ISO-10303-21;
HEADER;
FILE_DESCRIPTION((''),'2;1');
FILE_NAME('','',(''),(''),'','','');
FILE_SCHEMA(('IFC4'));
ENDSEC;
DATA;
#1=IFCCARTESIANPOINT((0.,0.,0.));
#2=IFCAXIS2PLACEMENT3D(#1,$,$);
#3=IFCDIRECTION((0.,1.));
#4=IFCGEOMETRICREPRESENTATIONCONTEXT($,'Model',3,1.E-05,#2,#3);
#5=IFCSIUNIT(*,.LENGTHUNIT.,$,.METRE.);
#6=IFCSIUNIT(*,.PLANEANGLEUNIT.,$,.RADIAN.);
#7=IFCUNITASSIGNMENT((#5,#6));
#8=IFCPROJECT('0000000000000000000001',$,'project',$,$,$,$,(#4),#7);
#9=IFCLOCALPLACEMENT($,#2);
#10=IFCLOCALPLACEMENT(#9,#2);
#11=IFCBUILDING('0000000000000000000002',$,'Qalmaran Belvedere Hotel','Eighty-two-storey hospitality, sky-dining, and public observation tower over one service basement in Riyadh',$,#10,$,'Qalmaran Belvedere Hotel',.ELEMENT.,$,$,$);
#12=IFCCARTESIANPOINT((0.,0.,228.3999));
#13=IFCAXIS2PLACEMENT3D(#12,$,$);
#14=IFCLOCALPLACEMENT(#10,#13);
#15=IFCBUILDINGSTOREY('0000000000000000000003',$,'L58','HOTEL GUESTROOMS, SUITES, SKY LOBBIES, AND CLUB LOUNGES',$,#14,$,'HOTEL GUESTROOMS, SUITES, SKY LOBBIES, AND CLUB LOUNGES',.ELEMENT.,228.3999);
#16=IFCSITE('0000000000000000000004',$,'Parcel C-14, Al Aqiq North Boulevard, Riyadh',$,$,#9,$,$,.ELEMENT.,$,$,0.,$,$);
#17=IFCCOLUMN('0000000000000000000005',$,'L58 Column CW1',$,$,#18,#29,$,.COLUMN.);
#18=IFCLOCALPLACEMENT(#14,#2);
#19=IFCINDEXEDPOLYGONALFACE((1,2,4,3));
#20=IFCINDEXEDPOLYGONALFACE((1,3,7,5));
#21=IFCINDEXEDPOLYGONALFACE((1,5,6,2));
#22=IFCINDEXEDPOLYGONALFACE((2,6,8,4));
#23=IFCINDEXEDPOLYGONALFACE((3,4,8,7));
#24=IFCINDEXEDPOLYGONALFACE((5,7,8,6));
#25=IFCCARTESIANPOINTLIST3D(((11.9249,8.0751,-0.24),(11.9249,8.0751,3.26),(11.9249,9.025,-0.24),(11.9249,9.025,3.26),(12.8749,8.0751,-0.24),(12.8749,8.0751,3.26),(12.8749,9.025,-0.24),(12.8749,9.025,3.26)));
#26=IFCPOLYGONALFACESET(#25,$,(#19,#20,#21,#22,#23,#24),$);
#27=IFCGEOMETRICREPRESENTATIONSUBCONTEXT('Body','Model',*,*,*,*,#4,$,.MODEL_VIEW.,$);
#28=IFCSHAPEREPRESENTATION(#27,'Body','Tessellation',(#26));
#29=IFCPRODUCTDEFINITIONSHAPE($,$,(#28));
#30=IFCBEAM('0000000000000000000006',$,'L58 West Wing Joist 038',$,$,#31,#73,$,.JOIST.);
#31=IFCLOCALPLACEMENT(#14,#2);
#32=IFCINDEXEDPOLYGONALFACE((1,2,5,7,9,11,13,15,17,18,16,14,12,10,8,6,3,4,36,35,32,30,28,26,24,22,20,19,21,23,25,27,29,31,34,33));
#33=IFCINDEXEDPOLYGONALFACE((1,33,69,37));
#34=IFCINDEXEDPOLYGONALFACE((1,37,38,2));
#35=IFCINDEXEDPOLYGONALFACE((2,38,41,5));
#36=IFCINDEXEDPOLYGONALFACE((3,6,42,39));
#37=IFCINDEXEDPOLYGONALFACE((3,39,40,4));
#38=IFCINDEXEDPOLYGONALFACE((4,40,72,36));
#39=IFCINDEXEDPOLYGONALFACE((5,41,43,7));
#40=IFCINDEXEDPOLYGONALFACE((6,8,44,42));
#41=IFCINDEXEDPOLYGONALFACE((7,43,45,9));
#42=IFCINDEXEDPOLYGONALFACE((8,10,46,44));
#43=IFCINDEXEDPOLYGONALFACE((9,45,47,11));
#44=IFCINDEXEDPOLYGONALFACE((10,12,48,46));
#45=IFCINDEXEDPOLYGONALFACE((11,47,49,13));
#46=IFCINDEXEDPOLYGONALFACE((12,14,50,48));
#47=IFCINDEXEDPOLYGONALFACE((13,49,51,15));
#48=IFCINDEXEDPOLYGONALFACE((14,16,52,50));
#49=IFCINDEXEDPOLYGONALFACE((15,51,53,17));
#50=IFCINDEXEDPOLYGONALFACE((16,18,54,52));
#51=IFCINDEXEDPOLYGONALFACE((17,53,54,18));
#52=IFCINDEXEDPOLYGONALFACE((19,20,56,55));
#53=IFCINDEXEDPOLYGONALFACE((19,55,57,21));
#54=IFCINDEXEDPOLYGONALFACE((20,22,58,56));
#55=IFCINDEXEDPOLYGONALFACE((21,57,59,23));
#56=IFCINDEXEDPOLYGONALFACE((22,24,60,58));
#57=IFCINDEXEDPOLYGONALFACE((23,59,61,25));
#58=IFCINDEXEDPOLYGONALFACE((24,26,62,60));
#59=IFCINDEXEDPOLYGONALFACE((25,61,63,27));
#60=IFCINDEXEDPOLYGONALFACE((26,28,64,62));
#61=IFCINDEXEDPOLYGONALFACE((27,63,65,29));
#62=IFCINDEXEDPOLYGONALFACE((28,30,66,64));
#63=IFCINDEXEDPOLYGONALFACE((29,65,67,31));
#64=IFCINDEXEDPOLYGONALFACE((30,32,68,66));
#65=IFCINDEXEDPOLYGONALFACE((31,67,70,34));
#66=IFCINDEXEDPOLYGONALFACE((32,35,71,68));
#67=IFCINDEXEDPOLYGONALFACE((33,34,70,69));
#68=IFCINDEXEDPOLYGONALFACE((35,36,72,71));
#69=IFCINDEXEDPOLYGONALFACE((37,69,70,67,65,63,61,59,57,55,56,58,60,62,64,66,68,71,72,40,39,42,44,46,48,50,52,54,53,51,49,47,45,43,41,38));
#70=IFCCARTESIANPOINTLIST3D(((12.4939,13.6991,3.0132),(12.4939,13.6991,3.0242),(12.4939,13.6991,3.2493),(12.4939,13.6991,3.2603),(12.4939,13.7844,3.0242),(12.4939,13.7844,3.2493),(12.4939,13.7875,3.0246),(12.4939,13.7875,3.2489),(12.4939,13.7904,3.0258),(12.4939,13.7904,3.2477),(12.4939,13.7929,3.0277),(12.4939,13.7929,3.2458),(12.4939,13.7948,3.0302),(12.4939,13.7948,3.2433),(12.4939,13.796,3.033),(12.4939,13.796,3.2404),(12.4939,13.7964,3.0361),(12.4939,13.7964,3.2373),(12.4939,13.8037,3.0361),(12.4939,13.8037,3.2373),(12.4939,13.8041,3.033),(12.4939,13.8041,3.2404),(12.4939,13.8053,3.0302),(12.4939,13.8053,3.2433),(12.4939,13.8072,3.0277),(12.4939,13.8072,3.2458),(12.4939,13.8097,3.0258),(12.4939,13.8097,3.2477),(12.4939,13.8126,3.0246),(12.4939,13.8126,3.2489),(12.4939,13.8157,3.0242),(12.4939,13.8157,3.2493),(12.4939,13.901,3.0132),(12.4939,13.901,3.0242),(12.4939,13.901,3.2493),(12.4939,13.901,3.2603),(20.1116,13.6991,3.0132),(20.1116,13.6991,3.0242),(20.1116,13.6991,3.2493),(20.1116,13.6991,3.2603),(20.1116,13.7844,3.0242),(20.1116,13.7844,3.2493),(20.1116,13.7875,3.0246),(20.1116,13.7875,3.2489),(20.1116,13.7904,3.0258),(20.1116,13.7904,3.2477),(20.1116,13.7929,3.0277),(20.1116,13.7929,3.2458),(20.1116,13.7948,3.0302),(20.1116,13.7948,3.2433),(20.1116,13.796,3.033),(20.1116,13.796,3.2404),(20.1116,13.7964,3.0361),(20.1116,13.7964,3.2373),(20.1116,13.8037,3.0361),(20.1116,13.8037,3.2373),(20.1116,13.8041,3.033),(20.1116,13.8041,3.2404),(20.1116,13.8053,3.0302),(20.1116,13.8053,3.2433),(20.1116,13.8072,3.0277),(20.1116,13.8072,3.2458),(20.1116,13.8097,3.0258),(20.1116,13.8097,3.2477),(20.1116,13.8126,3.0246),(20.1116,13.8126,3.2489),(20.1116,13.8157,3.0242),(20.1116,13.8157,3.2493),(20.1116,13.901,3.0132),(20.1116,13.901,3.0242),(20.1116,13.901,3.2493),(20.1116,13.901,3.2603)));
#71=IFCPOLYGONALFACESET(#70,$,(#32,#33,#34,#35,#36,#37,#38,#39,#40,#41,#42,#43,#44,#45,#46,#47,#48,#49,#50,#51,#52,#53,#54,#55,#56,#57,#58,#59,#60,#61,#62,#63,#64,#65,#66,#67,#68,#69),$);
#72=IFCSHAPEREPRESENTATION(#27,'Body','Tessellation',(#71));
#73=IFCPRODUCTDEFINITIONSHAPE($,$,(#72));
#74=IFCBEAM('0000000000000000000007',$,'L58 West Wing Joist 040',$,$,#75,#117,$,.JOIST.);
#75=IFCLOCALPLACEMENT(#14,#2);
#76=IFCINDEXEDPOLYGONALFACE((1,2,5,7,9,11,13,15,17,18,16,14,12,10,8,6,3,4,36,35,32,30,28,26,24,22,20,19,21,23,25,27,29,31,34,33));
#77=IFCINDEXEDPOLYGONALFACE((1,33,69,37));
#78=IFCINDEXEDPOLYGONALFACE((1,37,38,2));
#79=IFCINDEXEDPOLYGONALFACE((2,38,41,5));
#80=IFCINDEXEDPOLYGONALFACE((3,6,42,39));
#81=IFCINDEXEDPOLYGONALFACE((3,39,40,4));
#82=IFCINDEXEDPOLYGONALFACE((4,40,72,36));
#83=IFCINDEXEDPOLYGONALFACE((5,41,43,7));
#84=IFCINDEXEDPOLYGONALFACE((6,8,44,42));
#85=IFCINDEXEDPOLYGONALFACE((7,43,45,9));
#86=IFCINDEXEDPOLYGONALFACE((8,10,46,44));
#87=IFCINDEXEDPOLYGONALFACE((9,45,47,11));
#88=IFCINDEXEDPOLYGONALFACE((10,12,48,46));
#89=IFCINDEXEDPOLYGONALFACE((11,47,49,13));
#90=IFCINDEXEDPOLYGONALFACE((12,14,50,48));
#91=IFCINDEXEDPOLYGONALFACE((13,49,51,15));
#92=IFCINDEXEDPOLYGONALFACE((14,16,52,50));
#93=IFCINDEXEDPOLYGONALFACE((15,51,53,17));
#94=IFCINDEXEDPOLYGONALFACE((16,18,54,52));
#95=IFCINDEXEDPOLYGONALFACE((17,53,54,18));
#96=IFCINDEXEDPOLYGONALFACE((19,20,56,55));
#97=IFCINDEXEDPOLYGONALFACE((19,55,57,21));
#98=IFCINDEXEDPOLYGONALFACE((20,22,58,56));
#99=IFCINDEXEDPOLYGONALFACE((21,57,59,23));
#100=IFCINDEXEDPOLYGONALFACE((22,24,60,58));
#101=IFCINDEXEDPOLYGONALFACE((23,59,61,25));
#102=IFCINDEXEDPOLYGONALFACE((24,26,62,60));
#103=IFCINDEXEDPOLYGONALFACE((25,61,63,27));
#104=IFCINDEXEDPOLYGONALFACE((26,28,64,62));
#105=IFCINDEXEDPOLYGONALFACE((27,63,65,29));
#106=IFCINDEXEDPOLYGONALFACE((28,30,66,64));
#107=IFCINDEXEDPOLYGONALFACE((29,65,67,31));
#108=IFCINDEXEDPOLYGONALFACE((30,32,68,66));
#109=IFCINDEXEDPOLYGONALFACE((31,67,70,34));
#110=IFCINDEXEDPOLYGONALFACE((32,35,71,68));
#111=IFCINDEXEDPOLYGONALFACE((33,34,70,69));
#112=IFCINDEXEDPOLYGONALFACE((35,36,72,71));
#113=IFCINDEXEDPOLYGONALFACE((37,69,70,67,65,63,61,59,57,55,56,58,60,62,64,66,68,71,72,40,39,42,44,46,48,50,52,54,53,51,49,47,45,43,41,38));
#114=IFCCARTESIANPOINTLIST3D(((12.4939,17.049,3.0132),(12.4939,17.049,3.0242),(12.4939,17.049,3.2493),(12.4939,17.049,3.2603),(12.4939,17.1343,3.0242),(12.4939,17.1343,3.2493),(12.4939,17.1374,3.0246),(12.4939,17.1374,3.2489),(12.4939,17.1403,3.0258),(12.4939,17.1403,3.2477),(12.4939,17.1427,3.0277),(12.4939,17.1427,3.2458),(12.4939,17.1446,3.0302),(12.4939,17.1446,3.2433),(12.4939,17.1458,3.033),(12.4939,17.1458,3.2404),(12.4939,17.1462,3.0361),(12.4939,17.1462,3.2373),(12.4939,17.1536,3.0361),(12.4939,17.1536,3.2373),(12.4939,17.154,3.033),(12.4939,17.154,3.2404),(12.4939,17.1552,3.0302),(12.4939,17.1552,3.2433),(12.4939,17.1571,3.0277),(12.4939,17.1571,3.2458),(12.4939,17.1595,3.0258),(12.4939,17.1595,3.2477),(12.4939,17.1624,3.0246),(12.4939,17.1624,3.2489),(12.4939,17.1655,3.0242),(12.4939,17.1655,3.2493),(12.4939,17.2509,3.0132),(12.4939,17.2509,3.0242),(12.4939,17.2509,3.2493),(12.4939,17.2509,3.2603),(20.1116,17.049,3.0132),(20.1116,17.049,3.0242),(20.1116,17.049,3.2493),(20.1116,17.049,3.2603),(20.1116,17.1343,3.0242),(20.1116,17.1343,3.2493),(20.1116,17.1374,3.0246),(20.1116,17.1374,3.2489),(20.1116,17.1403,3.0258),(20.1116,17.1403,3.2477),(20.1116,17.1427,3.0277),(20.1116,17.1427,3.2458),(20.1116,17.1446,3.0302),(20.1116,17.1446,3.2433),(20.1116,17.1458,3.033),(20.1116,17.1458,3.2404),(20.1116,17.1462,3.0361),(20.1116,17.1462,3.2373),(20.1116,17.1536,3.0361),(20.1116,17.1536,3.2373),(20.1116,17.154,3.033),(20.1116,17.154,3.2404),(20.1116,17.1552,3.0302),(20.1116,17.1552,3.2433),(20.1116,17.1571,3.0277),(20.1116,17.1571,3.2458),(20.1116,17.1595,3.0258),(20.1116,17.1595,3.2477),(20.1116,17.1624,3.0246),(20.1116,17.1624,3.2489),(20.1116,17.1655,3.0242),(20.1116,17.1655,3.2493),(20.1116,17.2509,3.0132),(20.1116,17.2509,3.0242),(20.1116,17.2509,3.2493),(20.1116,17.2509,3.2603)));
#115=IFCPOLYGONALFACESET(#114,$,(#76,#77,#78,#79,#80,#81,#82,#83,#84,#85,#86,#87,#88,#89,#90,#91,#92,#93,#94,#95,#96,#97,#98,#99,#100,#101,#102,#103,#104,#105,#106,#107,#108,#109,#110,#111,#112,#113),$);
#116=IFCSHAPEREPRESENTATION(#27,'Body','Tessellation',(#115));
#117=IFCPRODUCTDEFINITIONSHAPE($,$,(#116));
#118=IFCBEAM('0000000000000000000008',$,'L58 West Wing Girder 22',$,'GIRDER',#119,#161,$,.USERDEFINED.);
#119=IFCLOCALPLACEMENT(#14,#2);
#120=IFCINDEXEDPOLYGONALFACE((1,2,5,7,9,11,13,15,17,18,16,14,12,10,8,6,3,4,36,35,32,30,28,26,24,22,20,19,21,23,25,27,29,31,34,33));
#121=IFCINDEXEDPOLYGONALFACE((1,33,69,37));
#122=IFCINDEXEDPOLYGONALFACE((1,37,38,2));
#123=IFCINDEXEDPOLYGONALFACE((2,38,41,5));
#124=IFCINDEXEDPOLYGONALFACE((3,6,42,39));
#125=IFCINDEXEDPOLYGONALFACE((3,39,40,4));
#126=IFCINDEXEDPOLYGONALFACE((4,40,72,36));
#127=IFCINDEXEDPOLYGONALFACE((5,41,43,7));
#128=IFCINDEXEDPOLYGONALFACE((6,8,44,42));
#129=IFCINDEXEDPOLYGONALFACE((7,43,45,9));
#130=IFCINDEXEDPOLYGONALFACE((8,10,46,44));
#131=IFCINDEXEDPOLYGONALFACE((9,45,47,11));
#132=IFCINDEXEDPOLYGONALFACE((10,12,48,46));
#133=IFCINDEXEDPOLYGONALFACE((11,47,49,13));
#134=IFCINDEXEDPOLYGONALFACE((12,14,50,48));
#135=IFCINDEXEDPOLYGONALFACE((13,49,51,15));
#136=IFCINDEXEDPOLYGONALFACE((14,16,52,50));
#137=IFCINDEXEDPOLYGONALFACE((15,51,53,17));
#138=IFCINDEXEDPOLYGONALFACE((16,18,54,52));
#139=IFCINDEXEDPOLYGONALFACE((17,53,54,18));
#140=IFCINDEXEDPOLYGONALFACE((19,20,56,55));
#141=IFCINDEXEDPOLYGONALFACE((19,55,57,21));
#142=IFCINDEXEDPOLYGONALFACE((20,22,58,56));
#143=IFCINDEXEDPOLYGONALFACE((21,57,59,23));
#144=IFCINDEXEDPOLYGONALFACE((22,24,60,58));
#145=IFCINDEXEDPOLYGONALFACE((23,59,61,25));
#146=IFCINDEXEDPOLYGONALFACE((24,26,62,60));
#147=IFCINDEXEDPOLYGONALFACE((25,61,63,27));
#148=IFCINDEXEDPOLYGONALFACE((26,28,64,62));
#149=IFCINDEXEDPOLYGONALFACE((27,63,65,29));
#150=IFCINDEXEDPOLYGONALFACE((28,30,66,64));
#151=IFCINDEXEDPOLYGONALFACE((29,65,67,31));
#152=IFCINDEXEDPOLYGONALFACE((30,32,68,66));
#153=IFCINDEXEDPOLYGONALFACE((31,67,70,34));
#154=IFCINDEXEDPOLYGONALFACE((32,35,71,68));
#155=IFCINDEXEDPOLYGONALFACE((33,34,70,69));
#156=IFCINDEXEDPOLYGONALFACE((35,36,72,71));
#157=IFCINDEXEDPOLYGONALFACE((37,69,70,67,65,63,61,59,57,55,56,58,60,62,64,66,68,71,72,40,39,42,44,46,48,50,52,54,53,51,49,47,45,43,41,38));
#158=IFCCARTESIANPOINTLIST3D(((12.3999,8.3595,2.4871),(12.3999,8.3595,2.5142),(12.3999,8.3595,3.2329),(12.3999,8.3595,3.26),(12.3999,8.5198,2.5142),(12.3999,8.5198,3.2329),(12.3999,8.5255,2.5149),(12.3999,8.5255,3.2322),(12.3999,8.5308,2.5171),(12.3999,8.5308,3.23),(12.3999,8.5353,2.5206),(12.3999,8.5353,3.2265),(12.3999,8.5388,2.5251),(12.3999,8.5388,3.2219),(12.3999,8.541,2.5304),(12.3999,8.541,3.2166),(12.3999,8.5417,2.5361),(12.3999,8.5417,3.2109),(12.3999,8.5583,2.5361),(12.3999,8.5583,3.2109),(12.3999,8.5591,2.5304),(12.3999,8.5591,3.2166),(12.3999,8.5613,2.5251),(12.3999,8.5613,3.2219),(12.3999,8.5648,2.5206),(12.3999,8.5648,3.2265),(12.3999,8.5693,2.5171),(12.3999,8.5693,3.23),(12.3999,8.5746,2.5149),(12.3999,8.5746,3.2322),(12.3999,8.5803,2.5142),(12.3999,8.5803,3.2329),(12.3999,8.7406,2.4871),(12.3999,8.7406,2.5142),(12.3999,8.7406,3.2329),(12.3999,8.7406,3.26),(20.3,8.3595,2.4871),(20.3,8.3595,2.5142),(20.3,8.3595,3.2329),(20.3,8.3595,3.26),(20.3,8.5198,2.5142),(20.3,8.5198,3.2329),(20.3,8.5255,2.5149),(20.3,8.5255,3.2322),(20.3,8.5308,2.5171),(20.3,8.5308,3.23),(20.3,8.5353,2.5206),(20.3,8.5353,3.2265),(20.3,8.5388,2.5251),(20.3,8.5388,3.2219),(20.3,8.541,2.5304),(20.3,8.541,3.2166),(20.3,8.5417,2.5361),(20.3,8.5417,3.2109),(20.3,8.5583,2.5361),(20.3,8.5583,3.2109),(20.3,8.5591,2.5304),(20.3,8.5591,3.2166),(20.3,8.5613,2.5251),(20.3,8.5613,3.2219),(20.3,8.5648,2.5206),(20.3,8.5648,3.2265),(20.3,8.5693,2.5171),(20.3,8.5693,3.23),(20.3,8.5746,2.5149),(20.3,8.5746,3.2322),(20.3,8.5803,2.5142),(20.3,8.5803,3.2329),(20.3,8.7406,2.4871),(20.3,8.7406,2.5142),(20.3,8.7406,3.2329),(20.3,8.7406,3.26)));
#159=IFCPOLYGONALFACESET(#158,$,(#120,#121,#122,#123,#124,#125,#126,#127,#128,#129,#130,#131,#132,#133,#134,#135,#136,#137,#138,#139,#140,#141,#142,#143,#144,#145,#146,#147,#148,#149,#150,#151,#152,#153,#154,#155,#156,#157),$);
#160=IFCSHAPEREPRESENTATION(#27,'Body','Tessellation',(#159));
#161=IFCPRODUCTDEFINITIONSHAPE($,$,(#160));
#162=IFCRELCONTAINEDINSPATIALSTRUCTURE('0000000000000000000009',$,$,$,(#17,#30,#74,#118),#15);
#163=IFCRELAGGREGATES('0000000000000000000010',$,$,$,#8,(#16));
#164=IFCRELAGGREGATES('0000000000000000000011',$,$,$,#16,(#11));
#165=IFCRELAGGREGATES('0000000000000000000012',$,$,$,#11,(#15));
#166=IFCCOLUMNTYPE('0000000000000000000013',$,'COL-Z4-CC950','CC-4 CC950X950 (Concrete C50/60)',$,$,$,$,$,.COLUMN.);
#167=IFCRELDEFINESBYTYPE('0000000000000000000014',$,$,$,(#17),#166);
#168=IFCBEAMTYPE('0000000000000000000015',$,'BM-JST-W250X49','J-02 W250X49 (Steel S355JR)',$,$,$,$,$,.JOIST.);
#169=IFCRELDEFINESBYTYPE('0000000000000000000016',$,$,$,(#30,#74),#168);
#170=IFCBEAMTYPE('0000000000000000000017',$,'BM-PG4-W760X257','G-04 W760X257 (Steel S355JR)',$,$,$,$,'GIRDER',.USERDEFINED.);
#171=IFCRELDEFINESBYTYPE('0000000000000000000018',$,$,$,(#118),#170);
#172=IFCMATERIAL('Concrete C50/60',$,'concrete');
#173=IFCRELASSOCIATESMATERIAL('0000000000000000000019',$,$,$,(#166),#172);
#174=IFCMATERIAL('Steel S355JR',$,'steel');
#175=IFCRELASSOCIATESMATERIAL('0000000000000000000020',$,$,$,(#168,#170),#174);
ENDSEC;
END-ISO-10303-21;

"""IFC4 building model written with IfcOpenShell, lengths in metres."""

from ifc_helpers import new_model, si_unit, direction, frame, origin, origin_2d, place, context, subcontext, project, spatial, rectangle, i_section, extrude, material, material_profile, profile_set, type_object, element, save


model = new_model("IFC4")

# Units and contexts
model_context = context("Model", 3, precision=1e-05, world=origin(), true_north=direction((0.0, 1.0)))
body_context = subcontext(model_context, "Body", "Model", "MODEL_VIEW")
ifc_project = project(units=[si_unit("LENGTHUNIT", "METRE"), si_unit("PLANEANGLEUNIT", "RADIAN")], contexts=[model_context])

# Site, building, storey
site_placement = place(None, origin())
site = spatial("IfcSite", under=ifc_project, at=site_placement, Name="Parcel C-14, Al Aqiq North Boulevard, Riyadh", CompositionType="ELEMENT", RefElevation=0.0)
building_placement = place(site_placement, origin())
building = spatial("IfcBuilding", under=site, at=building_placement, Name="Qalmaran Belvedere Hotel", Description="Eighty-two-storey hospitality, sky-dining, and public observation tower over one service basement in Riyadh", LongName="Qalmaran Belvedere Hotel", CompositionType="ELEMENT")
storey_placement = place(building_placement, frame((0.0, 0.0, 228.3999)))
storey = spatial("IfcBuildingStorey", under=building, at=storey_placement, Name="L58", Description="HOTEL GUESTROOMS, SUITES, SKY LOBBIES, AND CLUB LOUNGES", LongName="HOTEL GUESTROOMS, SUITES, SKY LOBBIES, AND CLUB LOUNGES", CompositionType="ELEMENT", Elevation=228.3999)

# Column
ifc_material_1 = material(Name="Concrete C50/60", Category="concrete")
ifc_material_profile_1 = material_profile(ifc_material_1, rectangle(XDim=0.95, YDim=0.95, at=origin_2d()), Name="CC950X950")
ifc_profile_set_1 = profile_set([ifc_material_profile_1], Name="Concrete C50/60")
column_type = type_object("IfcColumnType", Name="COL-Z4-CC950", Description="CC-4 CC950X950 (Concrete C50/60)", PredefinedType="COLUMN", material=ifc_profile_set_1)
column_placement = place(storey_placement, frame((12.3999, 8.55, -0.24), z_axis=(0.0, 0.0, 1.0), x_axis=(1.0, 0.0, 0.0)))
element("IfcColumn", 1, at=column_placement, inside=storey, type_object=column_type, Name="L58 Column CW1", PredefinedType="COLUMN", context=body_context, shape_type="SweptSolid", body=[
    extrude(rectangle(XDim=0.95, YDim=0.95, at=origin_2d()), origin(), (0.0, 0.0, 1.0), 3.5),
])

# Beams
ifc_material_2 = material(Name="Steel S355JR", Category="steel")
ifc_material_profile_2 = material_profile(ifc_material_2, i_section(OverallWidth=0.2019, OverallDepth=0.2471, WebThickness=0.0073, FlangeThickness=0.011, FilletRadius=0.012, at=origin_2d()), Name="W250X49")
ifc_profile_set_2 = profile_set([ifc_material_profile_2], Name="Steel S355JR")
beam_type_1 = type_object("IfcBeamType", Name="BM-JST-W250X49", Description="J-02 W250X49 (Steel S355JR)", PredefinedType="JOIST", material=ifc_profile_set_2)
for number, where, z_axis, x_axis, name in (
    (2, (12.4939, 13.8, 3.1367), (1.0, 0.0, 0.0), (0.0, 1.0, 0.0), "L58 West Wing Joist 038"),
    (3, (12.4939, 17.1499, 3.1367), (1.0, 0.0, 0.0), (0.0, 1.0, 0.0), "L58 West Wing Joist 040"),
):
    element("IfcBeam", number, at=place(storey_placement, frame(where, z_axis=z_axis, x_axis=x_axis)), inside=storey, type_object=beam_type_1, Name=name, PredefinedType="JOIST", context=body_context, shape_type="SweptSolid", body=[
        extrude(i_section(OverallWidth=0.2019, OverallDepth=0.2471, WebThickness=0.0073, FlangeThickness=0.011, FilletRadius=0.012, at=origin_2d()), origin(), (0.0, 0.0, 1.0), 7.6177),
    ])
ifc_material_profile_3 = material_profile(ifc_material_2, i_section(OverallWidth=0.3811, OverallDepth=0.7729, WebThickness=0.0166, FlangeThickness=0.0271, FilletRadius=0.022, at=origin_2d()), Name="W760X257")
ifc_profile_set_3 = profile_set([ifc_material_profile_3], Name="Steel S355JR")
beam_type_2 = type_object("IfcBeamType", Name="BM-PG4-W760X257", Description="G-04 W760X257 (Steel S355JR)", ElementType="GIRDER", PredefinedType="USERDEFINED", material=ifc_profile_set_3)
beam_1_placement = place(storey_placement, frame((12.3999, 8.55, 2.8735), z_axis=(1.0, 0.0, 0.0), x_axis=(0.0, 1.0, 0.0)))
element("IfcBeam", 4, at=beam_1_placement, inside=storey, type_object=beam_type_2, Name="L58 West Wing Girder 22", ObjectType="GIRDER", PredefinedType="USERDEFINED", context=body_context, shape_type="SweptSolid", body=[
    extrude(i_section(OverallWidth=0.3811, OverallDepth=0.7729, WebThickness=0.0166, FlangeThickness=0.0271, FilletRadius=0.022, at=origin_2d()), origin(), (0.0, 0.0, 1.0), 7.9001),
])

save(model, "model.ifc")
